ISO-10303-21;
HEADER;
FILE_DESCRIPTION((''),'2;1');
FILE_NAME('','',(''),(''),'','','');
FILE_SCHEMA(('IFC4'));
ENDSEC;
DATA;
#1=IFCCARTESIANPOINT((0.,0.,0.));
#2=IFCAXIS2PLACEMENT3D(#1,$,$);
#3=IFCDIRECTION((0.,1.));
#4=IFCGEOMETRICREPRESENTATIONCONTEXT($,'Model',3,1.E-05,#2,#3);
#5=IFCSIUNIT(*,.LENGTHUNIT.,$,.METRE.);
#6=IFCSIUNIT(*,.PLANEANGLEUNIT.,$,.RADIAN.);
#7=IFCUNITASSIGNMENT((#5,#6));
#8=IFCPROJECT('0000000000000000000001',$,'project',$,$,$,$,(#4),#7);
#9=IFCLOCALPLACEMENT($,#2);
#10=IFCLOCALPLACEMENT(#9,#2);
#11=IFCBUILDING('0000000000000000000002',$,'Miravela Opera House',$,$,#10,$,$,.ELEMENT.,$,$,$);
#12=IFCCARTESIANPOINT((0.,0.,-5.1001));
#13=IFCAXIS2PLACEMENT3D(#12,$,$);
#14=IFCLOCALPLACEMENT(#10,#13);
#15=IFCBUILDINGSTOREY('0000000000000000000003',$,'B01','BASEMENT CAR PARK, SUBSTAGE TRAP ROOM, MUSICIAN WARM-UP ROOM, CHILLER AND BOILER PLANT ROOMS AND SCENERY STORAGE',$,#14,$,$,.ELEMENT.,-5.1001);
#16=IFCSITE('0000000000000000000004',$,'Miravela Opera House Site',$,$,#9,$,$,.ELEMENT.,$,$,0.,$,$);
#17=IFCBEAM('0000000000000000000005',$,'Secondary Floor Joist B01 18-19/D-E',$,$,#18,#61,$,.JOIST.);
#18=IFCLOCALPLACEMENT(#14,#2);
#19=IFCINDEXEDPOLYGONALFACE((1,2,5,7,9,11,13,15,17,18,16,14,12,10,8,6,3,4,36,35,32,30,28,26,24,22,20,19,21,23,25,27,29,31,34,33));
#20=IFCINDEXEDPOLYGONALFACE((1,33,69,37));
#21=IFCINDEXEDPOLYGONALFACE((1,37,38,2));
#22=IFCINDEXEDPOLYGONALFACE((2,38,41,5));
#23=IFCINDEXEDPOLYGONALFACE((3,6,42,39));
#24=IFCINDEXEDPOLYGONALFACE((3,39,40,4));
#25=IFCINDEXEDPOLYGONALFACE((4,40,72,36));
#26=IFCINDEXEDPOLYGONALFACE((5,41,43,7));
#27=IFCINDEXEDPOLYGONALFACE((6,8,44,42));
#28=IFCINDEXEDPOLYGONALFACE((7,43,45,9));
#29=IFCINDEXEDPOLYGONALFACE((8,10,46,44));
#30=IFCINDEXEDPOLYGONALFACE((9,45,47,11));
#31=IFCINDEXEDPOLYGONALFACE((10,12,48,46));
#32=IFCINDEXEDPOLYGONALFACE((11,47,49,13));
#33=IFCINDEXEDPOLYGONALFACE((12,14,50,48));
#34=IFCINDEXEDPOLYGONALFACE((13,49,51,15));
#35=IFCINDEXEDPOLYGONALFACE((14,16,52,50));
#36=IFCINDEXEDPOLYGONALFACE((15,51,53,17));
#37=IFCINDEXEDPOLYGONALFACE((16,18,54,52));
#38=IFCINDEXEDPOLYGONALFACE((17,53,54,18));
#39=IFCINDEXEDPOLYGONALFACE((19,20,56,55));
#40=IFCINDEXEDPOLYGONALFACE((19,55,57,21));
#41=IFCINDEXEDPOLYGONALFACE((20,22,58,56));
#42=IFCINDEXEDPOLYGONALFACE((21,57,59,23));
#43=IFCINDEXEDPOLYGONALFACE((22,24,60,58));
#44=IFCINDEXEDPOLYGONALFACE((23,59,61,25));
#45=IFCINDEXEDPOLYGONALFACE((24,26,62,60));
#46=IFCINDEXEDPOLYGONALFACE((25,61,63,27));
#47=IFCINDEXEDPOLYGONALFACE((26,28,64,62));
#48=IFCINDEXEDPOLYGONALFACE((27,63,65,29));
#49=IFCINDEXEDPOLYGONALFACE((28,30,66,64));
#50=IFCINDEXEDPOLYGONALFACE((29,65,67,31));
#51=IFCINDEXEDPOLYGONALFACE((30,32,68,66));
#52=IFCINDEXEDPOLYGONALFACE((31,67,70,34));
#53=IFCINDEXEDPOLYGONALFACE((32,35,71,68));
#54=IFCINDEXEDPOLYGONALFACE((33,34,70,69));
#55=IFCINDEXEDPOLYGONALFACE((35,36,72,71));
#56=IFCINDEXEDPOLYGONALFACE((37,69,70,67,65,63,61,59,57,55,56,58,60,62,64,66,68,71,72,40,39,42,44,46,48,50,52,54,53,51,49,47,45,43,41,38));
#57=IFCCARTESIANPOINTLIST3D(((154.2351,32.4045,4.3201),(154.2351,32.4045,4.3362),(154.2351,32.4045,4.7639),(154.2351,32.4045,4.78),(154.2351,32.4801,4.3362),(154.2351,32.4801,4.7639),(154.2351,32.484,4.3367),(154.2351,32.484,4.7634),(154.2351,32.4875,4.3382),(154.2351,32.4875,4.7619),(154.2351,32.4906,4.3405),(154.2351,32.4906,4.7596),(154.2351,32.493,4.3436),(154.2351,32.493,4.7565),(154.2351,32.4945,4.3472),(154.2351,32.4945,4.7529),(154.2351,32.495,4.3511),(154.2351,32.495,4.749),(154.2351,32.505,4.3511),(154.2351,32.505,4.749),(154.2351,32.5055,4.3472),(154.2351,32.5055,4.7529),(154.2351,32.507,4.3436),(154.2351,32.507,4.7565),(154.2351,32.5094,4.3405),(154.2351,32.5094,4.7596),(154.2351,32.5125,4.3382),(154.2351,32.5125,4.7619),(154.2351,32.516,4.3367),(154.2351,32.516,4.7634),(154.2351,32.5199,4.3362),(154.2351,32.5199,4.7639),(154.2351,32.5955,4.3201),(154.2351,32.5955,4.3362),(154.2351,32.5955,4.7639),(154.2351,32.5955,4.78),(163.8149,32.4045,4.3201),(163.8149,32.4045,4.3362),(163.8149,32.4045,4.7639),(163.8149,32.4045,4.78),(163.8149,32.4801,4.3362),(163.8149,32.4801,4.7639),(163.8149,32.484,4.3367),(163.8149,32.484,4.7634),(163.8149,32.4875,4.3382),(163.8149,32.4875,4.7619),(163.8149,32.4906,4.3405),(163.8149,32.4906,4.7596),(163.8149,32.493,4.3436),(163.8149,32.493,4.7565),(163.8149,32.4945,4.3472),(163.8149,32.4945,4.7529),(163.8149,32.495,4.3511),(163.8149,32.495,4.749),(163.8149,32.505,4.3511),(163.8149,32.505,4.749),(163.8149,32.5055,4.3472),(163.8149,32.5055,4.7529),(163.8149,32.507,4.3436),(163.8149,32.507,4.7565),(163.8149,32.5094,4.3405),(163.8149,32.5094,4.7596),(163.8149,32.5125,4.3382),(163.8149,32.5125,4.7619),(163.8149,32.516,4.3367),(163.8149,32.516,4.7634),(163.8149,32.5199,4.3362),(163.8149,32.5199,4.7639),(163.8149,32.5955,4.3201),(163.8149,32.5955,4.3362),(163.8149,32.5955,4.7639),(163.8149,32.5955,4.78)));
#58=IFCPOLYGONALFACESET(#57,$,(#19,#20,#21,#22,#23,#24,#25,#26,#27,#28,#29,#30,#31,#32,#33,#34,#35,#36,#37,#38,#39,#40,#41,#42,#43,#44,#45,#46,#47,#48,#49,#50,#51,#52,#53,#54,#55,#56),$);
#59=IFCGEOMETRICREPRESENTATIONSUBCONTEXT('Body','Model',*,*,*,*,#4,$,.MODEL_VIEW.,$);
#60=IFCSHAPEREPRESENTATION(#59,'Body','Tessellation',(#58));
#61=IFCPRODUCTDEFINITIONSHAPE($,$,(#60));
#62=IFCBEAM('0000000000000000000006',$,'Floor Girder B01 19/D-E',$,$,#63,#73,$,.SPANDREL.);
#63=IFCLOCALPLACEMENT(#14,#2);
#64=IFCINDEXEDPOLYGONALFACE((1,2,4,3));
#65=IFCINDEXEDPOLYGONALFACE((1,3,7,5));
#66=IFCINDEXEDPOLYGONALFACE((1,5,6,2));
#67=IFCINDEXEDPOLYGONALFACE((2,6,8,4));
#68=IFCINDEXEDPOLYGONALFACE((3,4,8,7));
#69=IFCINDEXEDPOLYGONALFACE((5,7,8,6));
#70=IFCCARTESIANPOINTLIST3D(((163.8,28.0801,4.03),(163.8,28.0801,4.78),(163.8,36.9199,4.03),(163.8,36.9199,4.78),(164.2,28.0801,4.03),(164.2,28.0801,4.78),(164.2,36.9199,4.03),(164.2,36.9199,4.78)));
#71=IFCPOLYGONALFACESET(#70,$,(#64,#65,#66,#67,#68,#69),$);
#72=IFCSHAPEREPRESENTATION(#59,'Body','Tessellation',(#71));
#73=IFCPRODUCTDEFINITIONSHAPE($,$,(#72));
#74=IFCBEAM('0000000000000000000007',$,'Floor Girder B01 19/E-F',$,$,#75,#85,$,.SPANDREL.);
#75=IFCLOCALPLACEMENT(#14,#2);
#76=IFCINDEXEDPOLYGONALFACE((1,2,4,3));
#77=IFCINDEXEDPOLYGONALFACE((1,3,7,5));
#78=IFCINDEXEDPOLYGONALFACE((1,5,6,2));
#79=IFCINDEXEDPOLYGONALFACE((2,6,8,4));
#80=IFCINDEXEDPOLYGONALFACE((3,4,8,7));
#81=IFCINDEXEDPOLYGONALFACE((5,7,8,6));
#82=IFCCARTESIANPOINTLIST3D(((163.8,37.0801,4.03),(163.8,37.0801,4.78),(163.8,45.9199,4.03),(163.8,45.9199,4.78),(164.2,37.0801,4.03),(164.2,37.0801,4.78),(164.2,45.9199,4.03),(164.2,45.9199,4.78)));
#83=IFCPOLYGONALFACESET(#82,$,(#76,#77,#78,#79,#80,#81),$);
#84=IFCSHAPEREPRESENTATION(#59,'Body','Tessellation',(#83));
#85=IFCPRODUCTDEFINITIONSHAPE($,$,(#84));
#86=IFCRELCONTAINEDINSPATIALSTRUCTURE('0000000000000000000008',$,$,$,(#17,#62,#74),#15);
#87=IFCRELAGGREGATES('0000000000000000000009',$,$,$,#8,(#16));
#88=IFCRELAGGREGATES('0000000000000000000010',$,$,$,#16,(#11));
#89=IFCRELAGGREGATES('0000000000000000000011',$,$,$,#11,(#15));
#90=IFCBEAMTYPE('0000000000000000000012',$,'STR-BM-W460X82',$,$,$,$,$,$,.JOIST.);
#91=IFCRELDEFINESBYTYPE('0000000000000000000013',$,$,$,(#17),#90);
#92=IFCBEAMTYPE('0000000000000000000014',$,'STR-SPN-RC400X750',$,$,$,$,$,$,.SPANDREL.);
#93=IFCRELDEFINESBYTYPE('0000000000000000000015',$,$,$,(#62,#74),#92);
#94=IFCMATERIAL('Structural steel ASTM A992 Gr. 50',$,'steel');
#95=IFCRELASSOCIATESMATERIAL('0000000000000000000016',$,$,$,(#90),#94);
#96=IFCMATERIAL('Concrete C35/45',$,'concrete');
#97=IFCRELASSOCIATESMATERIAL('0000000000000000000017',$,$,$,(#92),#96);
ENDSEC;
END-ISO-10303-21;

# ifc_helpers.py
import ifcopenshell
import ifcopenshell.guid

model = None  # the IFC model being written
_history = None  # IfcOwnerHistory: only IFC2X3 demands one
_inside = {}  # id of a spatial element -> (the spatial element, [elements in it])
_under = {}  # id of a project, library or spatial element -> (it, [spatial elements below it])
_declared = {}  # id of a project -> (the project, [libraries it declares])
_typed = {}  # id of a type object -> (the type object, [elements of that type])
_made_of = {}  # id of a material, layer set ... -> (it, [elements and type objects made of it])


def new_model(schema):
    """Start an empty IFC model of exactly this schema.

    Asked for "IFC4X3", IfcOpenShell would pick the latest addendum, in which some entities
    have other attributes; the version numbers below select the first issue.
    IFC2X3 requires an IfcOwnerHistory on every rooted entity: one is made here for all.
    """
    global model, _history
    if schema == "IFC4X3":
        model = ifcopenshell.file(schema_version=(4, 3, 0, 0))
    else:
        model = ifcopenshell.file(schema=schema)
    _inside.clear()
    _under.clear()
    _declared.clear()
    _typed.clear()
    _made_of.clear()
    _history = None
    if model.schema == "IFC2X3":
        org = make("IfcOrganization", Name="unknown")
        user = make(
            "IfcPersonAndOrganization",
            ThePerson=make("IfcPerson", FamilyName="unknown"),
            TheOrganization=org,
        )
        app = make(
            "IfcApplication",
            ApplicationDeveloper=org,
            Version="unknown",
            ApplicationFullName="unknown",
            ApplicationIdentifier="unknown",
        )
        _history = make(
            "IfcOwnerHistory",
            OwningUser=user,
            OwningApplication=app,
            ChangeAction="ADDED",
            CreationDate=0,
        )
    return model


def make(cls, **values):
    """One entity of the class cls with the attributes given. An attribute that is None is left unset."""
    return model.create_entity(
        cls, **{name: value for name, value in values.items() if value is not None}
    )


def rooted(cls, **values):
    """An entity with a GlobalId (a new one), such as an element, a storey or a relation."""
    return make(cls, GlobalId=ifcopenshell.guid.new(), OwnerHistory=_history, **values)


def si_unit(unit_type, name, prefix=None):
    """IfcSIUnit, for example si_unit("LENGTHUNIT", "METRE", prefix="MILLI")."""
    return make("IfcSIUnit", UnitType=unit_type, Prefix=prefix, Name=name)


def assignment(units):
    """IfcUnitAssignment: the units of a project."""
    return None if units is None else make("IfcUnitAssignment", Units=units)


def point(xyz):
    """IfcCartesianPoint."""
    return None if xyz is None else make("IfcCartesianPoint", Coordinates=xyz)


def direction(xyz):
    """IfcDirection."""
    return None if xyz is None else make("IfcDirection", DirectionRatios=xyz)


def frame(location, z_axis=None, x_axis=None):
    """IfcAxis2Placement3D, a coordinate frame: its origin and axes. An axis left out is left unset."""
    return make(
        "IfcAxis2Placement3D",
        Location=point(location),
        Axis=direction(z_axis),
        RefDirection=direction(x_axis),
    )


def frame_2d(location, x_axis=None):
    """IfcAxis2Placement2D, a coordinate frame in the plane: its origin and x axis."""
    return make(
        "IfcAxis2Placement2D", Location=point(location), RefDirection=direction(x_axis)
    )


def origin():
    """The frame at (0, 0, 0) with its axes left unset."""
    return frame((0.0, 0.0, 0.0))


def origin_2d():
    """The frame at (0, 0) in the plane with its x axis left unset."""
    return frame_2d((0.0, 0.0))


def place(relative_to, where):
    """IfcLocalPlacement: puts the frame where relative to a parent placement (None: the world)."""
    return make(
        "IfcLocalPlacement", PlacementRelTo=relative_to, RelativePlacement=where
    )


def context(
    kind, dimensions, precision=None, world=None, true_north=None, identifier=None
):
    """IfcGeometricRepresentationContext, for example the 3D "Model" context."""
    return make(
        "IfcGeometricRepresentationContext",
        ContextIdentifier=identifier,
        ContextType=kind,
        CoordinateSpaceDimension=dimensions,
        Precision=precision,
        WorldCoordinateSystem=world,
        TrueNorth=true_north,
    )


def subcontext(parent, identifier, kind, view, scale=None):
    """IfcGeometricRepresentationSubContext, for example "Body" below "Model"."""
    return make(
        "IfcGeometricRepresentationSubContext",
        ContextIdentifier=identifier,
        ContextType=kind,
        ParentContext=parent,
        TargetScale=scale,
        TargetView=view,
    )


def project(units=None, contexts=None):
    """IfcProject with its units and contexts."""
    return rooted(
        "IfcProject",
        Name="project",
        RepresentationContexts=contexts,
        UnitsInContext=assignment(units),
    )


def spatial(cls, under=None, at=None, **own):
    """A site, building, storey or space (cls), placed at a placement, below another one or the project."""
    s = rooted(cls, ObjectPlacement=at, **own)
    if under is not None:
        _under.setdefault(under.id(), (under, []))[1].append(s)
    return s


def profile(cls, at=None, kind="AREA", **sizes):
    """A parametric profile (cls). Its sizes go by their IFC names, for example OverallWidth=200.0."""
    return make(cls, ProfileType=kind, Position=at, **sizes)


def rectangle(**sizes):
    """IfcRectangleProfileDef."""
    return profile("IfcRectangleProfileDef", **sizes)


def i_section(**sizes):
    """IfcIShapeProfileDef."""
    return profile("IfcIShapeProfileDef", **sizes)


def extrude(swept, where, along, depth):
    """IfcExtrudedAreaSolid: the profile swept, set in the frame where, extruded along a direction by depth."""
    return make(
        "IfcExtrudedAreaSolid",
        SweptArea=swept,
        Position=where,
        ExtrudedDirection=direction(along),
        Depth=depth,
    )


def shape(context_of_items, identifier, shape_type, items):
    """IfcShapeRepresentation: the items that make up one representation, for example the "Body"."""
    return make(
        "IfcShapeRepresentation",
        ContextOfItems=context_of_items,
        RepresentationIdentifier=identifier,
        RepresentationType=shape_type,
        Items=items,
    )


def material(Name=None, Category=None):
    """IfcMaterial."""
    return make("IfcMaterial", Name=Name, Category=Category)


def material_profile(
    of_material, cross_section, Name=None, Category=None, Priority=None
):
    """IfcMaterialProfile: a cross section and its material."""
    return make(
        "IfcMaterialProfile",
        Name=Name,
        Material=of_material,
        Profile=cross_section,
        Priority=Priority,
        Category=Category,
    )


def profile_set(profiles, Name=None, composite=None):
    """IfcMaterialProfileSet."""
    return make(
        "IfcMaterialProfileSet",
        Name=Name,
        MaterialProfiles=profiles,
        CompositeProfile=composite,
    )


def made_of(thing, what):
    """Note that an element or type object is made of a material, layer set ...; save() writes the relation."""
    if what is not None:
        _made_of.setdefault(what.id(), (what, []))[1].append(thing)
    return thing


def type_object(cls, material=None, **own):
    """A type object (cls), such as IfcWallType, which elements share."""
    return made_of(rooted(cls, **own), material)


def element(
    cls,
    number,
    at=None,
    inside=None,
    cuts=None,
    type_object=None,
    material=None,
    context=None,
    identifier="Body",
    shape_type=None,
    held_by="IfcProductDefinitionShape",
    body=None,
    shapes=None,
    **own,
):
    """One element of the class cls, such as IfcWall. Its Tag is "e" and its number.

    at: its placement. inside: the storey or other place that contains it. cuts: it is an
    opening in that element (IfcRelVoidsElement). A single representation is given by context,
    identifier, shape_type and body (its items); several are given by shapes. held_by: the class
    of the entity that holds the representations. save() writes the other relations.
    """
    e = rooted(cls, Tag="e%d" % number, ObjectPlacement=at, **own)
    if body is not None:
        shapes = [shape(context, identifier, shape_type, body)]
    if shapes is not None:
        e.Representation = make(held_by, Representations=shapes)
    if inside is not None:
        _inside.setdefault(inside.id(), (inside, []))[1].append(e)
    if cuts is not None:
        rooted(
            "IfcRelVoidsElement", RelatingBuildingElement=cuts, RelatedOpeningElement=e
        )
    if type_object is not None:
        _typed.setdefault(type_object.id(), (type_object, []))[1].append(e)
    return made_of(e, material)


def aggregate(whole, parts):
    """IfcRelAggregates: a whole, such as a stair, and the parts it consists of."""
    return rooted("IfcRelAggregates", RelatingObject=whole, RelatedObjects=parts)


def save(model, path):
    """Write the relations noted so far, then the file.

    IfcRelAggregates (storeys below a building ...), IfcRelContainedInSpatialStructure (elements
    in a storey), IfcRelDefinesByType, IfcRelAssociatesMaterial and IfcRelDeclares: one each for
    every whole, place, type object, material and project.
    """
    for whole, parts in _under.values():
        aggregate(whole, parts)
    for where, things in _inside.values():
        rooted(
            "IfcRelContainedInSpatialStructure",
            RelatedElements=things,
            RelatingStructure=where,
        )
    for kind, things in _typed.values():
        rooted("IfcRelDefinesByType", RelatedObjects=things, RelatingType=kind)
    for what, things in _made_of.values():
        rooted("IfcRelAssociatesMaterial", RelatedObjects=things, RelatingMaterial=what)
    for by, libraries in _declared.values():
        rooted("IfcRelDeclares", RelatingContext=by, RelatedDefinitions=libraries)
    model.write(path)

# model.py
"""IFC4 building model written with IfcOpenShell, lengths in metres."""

from ifc_helpers import new_model, si_unit, direction, frame, origin, origin_2d, place, context, subcontext, project, spatial, rectangle, i_section, extrude, material, material_profile, profile_set, type_object, element, save


model = new_model("IFC4")

# Units and contexts
model_context = context("Model", 3, precision=1e-05, world=origin(), true_north=direction((0.0, 1.0)))
body_context = subcontext(model_context, "Body", "Model", "MODEL_VIEW")
ifc_project = project(units=[si_unit("LENGTHUNIT", "METRE"), si_unit("PLANEANGLEUNIT", "RADIAN")], contexts=[model_context])

# Site, building, storey
site_placement = place(None, origin())
site = spatial("IfcSite", under=ifc_project, at=site_placement, Name="Miravela Opera House Site", CompositionType="ELEMENT", RefElevation=0.0)
building_placement = place(site_placement, origin())
building = spatial("IfcBuilding", under=site, at=building_placement, Name="Miravela Opera House", CompositionType="ELEMENT")
storey_placement = place(building_placement, frame((0.0, 0.0, -5.1001)))
storey = spatial("IfcBuildingStorey", under=building, at=storey_placement, Name="B01", Description="BASEMENT CAR PARK, SUBSTAGE TRAP ROOM, MUSICIAN WARM-UP ROOM, CHILLER AND BOILER PLANT ROOMS AND SCENERY STORAGE", CompositionType="ELEMENT", Elevation=-5.1001)

# Shared definitions
ifc_material_1 = material(Name="Concrete C35/45", Category="concrete")

# Beams
ifc_material_2 = material(Name="Structural steel ASTM A992 Gr. 50", Category="steel")
ifc_material_profile_1 = material_profile(ifc_material_2, i_section(OverallWidth=0.1909, OverallDepth=0.46, WebThickness=0.01, FlangeThickness=0.0161, FilletRadius=0.0149, at=origin_2d()), Name="W460X82")
ifc_profile_set_1 = profile_set([ifc_material_profile_1])
beam_type_1 = type_object("IfcBeamType", Name="STR-BM-W460X82", PredefinedType="JOIST", material=ifc_profile_set_1)
beam_1_placement = place(storey_placement, frame((154.2351, 32.5, 4.55), z_axis=(1.0, 0.0, 0.0), x_axis=(0.0, 1.0, 0.0)))
element("IfcBeam", 1, at=beam_1_placement, inside=storey, type_object=beam_type_1, Name="Secondary Floor Joist B01 18-19/D-E", PredefinedType="JOIST", context=body_context, shape_type="SweptSolid", body=[
    extrude(i_section(OverallWidth=0.1909, OverallDepth=0.46, WebThickness=0.01, FlangeThickness=0.0161, FilletRadius=0.0149, at=origin_2d()), origin(), (0.0, 0.0, 1.0), 9.5798),
])
ifc_material_profile_2 = material_profile(ifc_material_1, rectangle(XDim=0.3999, YDim=0.75, at=origin_2d()), Name="RC-SPN-400X750")
ifc_profile_set_2 = profile_set([ifc_material_profile_2])
beam_type_2 = type_object("IfcBeamType", Name="STR-SPN-RC400X750", PredefinedType="SPANDREL", material=ifc_profile_set_2)
for number, where, z_axis, x_axis, name in (
    (2, (164.0, 28.0801, 4.405), (0.0, 1.0, 0.0), (-1.0, 0.0, 0.0), "Floor Girder B01 19/D-E"),
    (3, (164.0, 37.0801, 4.405), (0.0, 1.0, 0.0), (-1.0, 0.0, 0.0), "Floor Girder B01 19/E-F"),
):
    element("IfcBeam", number, at=place(storey_placement, frame(where, z_axis=z_axis, x_axis=x_axis)), inside=storey, type_object=beam_type_2, Name=name, PredefinedType="SPANDREL", context=body_context, shape_type="SweptSolid", body=[
        extrude(rectangle(XDim=0.3999, YDim=0.75, at=origin_2d()), origin(), (0.0, 0.0, 1.0), 8.8398),
    ])

save(model, "model.ifc")
